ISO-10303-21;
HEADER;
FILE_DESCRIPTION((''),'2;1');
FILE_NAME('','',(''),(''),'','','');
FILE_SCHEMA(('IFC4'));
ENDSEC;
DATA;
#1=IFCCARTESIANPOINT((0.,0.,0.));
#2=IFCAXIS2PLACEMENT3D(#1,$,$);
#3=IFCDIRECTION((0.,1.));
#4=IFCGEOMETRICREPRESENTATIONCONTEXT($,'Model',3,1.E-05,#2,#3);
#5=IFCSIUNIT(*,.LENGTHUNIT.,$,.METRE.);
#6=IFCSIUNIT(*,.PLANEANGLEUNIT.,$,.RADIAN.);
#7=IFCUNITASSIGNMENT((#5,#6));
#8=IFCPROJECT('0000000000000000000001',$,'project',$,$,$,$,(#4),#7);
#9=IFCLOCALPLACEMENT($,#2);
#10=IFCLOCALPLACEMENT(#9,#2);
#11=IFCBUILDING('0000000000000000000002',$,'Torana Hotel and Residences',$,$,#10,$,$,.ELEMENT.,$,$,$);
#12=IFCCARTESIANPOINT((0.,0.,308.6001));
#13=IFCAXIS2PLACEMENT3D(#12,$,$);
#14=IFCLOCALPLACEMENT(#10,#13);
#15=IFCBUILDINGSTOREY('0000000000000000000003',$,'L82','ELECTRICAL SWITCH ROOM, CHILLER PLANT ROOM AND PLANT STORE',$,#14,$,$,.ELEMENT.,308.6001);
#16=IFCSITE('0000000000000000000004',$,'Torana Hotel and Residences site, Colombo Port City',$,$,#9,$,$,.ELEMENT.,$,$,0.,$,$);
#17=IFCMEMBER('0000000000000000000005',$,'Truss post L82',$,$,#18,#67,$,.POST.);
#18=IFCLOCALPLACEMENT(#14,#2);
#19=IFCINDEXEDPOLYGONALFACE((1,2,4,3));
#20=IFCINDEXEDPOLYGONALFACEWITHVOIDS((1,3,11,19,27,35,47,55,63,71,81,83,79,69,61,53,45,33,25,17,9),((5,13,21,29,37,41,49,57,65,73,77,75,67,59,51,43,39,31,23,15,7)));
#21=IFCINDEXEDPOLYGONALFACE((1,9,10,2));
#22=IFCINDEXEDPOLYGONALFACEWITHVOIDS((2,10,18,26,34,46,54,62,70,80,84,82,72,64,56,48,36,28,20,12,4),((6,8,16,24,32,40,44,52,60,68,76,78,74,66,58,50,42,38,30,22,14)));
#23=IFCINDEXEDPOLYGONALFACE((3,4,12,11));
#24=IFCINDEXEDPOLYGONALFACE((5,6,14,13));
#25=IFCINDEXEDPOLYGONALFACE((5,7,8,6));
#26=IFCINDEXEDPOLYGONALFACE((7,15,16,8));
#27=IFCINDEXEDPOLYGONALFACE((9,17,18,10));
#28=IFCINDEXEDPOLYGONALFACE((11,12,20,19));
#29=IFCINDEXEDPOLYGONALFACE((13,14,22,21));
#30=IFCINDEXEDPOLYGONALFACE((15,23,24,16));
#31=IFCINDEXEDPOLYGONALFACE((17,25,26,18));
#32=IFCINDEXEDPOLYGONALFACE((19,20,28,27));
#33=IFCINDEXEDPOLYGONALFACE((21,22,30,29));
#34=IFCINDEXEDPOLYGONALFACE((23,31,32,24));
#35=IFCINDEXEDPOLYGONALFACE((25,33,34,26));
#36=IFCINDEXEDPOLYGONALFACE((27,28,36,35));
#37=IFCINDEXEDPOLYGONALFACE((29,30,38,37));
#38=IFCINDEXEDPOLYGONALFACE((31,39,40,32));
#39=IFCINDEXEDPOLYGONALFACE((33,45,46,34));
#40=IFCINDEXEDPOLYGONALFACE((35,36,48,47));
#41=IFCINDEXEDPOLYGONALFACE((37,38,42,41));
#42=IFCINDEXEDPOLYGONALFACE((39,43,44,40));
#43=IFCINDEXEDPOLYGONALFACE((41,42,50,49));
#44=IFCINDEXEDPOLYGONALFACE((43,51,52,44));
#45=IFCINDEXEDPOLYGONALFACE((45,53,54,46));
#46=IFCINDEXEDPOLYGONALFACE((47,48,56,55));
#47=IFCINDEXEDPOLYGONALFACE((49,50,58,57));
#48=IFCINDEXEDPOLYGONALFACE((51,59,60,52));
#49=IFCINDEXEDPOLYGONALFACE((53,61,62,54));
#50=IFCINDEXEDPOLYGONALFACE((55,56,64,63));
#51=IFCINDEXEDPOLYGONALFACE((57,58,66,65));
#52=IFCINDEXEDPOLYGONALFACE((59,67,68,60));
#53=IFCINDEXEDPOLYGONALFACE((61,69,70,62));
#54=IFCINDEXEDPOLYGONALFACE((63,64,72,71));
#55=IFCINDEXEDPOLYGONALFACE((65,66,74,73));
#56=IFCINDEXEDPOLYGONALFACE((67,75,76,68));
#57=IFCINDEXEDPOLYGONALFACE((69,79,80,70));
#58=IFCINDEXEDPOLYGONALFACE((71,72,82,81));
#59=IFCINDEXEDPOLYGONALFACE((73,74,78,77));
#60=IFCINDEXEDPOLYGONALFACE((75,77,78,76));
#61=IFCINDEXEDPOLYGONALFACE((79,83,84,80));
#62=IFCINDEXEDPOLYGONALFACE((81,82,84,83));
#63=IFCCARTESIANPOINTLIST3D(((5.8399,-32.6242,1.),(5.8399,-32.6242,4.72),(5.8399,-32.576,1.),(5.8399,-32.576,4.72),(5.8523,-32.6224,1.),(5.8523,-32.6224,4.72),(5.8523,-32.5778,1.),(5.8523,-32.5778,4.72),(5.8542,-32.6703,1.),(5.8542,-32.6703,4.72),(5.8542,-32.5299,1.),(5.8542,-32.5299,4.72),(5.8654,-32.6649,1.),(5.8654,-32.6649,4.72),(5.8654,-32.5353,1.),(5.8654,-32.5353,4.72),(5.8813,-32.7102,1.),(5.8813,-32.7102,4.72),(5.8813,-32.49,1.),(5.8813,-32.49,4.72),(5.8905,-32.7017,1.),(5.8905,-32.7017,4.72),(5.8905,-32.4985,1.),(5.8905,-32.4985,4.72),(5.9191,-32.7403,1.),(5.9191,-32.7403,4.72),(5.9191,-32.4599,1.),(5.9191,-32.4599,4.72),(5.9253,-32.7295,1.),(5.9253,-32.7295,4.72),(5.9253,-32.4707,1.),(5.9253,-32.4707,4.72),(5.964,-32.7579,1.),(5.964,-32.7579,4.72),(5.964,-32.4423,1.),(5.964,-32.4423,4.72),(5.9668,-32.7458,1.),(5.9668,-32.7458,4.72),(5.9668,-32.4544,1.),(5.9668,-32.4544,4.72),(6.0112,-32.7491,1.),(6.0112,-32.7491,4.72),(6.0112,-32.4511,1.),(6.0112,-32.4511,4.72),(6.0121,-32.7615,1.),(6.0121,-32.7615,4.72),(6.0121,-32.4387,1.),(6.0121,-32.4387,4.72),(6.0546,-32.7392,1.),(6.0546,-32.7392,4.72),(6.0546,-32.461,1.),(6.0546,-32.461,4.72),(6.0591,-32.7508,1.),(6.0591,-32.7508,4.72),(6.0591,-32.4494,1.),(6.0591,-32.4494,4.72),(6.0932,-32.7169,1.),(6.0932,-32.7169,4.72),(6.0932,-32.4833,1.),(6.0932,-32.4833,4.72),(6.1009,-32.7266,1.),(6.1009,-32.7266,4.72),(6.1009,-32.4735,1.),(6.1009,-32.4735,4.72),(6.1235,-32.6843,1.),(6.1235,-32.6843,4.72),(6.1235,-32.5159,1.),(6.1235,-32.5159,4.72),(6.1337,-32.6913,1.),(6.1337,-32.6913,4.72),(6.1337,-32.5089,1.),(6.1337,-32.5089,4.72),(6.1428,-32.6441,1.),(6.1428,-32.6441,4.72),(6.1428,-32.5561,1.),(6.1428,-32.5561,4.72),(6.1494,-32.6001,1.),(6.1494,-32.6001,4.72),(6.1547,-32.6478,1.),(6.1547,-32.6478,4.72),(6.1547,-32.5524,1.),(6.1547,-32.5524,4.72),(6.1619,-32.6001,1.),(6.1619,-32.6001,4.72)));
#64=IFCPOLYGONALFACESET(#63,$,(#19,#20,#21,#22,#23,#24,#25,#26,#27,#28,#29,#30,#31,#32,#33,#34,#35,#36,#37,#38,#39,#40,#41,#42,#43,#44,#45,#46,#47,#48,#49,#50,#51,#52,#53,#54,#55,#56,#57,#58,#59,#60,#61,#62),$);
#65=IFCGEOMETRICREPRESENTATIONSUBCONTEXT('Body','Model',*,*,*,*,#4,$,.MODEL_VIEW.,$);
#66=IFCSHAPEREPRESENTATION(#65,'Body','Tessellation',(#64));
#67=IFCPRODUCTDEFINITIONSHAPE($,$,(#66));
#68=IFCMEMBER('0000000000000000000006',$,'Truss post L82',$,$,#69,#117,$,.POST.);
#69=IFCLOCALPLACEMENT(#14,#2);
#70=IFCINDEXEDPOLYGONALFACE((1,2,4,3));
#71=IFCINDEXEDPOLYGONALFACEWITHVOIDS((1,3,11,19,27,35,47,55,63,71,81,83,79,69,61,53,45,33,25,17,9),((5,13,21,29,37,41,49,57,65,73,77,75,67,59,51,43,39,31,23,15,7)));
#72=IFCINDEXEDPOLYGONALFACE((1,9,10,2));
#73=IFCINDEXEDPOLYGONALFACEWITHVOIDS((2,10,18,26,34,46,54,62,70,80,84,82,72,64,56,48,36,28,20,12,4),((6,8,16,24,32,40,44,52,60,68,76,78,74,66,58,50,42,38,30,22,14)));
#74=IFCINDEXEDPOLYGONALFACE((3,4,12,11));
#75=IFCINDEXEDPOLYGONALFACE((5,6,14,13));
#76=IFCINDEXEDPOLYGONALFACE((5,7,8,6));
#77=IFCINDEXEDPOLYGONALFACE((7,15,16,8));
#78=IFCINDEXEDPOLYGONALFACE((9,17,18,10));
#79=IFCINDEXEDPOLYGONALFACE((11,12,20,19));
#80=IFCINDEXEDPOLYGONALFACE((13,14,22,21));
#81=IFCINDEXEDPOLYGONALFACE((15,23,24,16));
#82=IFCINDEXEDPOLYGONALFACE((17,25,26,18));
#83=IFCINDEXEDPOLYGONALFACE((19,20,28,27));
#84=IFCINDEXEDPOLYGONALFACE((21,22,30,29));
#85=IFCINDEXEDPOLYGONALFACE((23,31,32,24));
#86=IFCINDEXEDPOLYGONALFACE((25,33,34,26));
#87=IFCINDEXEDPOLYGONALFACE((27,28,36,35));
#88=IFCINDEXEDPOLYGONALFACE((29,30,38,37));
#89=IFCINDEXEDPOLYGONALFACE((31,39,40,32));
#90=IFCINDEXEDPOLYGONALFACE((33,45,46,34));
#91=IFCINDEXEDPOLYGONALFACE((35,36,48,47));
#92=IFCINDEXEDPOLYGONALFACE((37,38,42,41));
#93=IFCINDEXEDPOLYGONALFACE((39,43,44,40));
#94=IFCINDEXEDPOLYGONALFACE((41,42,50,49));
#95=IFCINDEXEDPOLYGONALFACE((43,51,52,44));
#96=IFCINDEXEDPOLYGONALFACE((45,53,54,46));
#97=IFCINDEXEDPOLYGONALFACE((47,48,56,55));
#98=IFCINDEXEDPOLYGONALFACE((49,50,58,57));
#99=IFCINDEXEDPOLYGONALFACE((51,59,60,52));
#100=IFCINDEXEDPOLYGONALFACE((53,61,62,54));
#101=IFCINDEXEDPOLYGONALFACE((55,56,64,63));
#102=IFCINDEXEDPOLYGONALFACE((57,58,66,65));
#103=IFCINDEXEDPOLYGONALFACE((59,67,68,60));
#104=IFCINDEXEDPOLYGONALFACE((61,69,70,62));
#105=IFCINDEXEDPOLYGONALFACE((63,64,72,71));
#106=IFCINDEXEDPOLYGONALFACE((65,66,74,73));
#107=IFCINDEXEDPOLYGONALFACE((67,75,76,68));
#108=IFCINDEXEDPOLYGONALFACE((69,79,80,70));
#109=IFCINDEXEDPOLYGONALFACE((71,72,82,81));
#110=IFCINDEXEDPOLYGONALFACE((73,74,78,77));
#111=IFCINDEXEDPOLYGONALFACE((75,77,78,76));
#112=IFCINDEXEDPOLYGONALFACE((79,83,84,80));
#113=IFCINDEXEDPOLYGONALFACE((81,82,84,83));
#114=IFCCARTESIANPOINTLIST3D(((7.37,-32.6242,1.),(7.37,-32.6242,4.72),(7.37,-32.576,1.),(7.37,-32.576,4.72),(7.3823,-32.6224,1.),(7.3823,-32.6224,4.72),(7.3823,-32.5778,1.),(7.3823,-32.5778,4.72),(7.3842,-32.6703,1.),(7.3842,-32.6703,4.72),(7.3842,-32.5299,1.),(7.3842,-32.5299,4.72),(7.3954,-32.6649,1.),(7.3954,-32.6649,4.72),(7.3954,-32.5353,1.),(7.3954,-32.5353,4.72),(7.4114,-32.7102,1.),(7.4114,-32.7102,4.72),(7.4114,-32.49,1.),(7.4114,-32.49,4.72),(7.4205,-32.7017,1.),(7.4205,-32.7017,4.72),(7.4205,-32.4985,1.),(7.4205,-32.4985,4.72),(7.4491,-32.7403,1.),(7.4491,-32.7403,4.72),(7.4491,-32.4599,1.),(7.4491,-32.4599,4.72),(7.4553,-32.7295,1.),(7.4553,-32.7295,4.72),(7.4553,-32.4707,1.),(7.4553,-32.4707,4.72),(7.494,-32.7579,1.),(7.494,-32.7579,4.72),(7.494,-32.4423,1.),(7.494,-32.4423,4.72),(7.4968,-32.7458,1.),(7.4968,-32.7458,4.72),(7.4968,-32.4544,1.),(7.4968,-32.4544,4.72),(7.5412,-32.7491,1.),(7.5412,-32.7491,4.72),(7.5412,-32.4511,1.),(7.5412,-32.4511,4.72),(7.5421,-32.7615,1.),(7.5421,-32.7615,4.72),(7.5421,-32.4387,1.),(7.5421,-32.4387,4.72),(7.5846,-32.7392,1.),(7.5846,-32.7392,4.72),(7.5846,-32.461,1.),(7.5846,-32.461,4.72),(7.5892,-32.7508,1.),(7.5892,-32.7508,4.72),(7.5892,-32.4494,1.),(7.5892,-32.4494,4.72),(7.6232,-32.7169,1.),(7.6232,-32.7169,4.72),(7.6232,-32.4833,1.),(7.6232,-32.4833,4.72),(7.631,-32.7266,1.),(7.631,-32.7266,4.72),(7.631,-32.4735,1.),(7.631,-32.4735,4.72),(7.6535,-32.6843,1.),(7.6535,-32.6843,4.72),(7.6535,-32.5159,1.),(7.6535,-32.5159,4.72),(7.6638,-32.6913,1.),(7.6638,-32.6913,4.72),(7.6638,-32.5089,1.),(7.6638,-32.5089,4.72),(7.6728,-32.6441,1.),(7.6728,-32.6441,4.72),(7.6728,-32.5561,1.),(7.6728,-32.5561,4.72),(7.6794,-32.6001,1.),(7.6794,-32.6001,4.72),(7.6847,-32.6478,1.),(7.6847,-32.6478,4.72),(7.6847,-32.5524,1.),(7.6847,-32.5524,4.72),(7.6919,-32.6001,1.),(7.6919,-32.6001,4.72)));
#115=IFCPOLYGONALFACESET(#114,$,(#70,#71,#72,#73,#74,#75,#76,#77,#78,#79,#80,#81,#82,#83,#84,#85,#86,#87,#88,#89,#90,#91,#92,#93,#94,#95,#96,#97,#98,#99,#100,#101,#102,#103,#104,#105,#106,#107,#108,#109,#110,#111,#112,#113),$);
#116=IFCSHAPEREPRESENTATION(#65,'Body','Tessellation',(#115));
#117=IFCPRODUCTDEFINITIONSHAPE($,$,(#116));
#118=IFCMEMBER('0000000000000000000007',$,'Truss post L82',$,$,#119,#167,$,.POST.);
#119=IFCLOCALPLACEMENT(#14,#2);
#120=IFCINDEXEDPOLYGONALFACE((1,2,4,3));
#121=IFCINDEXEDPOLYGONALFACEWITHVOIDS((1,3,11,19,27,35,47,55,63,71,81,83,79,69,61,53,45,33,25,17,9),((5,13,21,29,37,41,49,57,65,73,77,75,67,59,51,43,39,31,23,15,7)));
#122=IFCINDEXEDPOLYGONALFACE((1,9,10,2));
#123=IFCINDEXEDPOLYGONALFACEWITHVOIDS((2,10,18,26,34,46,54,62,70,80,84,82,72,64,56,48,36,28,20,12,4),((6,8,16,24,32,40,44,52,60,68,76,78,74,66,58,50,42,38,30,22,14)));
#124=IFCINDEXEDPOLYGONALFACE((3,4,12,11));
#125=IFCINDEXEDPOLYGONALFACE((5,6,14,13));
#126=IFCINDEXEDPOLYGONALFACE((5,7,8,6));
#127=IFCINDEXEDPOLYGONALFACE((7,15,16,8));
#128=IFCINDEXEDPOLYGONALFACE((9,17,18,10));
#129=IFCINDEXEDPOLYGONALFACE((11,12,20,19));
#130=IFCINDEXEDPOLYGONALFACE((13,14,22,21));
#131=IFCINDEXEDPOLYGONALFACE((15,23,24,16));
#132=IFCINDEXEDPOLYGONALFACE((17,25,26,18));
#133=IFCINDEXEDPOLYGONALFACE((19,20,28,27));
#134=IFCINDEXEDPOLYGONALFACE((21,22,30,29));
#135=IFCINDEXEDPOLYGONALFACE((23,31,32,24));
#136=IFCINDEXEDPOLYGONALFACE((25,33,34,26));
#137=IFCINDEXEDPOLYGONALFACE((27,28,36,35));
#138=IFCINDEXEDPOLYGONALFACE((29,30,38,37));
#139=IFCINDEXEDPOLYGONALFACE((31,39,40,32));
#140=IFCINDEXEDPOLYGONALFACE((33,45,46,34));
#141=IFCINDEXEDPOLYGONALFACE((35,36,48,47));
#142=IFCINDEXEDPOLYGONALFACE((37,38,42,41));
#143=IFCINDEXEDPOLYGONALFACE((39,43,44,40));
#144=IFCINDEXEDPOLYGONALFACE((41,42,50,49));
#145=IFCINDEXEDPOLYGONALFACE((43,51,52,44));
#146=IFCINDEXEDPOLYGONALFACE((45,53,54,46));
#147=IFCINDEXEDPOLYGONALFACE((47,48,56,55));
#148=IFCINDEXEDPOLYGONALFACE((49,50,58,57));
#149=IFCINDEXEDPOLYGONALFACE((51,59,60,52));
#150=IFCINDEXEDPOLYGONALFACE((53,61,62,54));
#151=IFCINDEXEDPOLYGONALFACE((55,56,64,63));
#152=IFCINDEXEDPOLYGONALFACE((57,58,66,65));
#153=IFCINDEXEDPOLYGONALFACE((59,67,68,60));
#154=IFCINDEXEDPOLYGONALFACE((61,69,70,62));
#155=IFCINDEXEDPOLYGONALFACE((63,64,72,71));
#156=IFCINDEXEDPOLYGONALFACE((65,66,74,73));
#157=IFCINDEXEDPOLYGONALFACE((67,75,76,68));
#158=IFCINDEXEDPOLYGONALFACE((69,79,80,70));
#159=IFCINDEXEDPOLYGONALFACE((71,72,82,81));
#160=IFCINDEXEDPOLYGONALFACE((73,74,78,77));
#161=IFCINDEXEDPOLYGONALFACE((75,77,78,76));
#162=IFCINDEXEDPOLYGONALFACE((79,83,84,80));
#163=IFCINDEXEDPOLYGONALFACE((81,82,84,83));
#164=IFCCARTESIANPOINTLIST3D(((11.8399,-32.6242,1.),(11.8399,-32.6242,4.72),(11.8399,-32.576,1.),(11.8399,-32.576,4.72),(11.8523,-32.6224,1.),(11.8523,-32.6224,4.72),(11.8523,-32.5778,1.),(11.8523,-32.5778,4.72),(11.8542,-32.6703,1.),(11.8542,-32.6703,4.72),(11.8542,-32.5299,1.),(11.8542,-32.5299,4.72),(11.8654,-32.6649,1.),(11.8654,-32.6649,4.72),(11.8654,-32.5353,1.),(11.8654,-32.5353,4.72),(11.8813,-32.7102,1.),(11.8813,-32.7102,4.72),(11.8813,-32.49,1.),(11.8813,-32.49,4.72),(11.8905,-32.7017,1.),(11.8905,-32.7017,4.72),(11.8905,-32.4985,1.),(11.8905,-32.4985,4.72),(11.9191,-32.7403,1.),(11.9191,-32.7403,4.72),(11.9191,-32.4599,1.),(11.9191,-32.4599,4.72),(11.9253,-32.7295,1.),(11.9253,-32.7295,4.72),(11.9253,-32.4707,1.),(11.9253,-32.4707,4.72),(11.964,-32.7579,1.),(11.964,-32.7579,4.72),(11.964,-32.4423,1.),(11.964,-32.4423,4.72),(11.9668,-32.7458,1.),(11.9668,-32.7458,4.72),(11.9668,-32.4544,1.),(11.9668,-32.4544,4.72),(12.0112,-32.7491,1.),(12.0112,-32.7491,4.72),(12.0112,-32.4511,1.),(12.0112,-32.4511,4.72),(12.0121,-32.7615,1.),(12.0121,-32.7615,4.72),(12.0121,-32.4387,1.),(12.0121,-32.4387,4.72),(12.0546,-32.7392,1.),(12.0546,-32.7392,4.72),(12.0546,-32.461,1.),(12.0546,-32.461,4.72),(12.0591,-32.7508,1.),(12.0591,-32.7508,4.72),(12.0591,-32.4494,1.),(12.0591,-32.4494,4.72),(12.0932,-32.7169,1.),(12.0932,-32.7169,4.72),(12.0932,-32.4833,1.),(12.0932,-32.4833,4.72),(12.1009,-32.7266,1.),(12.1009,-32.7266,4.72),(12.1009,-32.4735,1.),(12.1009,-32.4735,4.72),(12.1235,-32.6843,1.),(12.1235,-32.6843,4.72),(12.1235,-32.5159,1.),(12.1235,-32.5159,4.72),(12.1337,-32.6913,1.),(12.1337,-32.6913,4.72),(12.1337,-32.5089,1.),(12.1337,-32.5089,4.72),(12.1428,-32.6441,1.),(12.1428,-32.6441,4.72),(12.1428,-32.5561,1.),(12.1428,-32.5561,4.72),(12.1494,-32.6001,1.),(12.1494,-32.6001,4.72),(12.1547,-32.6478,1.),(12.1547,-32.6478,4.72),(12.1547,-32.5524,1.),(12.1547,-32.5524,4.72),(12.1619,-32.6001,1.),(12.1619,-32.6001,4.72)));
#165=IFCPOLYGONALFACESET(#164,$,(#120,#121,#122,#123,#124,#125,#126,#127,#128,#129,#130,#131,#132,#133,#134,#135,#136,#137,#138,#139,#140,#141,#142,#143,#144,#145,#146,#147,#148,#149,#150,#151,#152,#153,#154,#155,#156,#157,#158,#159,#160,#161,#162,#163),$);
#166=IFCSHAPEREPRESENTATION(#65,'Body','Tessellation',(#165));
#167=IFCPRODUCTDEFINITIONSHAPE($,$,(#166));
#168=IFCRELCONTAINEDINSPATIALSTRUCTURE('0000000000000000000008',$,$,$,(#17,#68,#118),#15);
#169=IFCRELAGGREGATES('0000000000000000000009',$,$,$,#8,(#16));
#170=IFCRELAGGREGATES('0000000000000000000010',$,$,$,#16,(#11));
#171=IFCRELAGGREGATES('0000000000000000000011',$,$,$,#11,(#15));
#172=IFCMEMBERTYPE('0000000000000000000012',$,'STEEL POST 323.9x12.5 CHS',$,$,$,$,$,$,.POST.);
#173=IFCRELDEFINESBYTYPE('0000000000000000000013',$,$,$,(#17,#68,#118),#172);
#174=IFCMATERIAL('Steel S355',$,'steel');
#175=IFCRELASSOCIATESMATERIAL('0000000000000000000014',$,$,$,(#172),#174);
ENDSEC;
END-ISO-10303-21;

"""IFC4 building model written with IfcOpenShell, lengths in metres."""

from ifc_helpers import new_model, si_unit, direction, frame, origin, origin_2d, place, context, subcontext, project, spatial, hollow_circle, extrude, material, material_profile, profile_set, type_object, element, save


model = new_model("IFC4")

# Units and contexts
model_context = context("Model", 3, precision=1e-05, world=origin(), true_north=direction((0.0, 1.0)))
body_context = subcontext(model_context, "Body", "Model", "MODEL_VIEW")
ifc_project = project(units=[si_unit("LENGTHUNIT", "METRE"), si_unit("PLANEANGLEUNIT", "RADIAN")], contexts=[model_context])

# Site, building, storey
site_placement = place(None, origin())
site = spatial("IfcSite", under=ifc_project, at=site_placement, Name="Torana Hotel and Residences site, Colombo Port City", CompositionType="ELEMENT", RefElevation=0.0)
building_placement = place(site_placement, origin())
building = spatial("IfcBuilding", under=site, at=building_placement, Name="Torana Hotel and Residences", CompositionType="ELEMENT")
storey_placement = place(building_placement, frame((0.0, 0.0, 308.6001)))
storey = spatial("IfcBuildingStorey", under=building, at=storey_placement, Name="L82", Description="ELECTRICAL SWITCH ROOM, CHILLER PLANT ROOM AND PLANT STORE", CompositionType="ELEMENT", Elevation=308.6001)

# Members
ifc_material_1 = material(Name="Steel S355", Category="steel")
ifc_material_profile_1 = material_profile(ifc_material_1, hollow_circle(Radius=0.1619, WallThickness=0.0125, at=origin_2d()), Name="323.9x12.5 CHS")
ifc_profile_set_1 = profile_set([ifc_material_profile_1], Name="Steel S355")
member_type_1 = type_object("IfcMemberType", Name="STEEL POST 323.9x12.5 CHS", PredefinedType="POST", material=ifc_profile_set_1)
for number, where, z_axis, x_axis, name in (
    (1, (6.0, -32.6001, 1.0), (0.0, 0.0, 1.0), (1.0, 0.0, 0.0), "Truss post L82"),
    (2, (7.53, -32.6001, 1.0), (0.0, 0.0, 1.0), (1.0, 0.0, 0.0), "Truss post L82"),
    (3, (12.0, -32.6001, 1.0), (0.0, 0.0, 1.0), (1.0, 0.0, 0.0), "Truss post L82"),
):
    element("IfcMember", number, at=place(storey_placement, frame(where, z_axis=z_axis, x_axis=x_axis)), inside=storey, type_object=member_type_1, Name=name, PredefinedType="POST", context=body_context, shape_type="SweptSolid", body=[
        extrude(hollow_circle(Radius=0.1619, WallThickness=0.0125, at=origin_2d()), origin(), (0.0, 0.0, 1.0), 3.72),
    ])

save(model, "model.ifc")
